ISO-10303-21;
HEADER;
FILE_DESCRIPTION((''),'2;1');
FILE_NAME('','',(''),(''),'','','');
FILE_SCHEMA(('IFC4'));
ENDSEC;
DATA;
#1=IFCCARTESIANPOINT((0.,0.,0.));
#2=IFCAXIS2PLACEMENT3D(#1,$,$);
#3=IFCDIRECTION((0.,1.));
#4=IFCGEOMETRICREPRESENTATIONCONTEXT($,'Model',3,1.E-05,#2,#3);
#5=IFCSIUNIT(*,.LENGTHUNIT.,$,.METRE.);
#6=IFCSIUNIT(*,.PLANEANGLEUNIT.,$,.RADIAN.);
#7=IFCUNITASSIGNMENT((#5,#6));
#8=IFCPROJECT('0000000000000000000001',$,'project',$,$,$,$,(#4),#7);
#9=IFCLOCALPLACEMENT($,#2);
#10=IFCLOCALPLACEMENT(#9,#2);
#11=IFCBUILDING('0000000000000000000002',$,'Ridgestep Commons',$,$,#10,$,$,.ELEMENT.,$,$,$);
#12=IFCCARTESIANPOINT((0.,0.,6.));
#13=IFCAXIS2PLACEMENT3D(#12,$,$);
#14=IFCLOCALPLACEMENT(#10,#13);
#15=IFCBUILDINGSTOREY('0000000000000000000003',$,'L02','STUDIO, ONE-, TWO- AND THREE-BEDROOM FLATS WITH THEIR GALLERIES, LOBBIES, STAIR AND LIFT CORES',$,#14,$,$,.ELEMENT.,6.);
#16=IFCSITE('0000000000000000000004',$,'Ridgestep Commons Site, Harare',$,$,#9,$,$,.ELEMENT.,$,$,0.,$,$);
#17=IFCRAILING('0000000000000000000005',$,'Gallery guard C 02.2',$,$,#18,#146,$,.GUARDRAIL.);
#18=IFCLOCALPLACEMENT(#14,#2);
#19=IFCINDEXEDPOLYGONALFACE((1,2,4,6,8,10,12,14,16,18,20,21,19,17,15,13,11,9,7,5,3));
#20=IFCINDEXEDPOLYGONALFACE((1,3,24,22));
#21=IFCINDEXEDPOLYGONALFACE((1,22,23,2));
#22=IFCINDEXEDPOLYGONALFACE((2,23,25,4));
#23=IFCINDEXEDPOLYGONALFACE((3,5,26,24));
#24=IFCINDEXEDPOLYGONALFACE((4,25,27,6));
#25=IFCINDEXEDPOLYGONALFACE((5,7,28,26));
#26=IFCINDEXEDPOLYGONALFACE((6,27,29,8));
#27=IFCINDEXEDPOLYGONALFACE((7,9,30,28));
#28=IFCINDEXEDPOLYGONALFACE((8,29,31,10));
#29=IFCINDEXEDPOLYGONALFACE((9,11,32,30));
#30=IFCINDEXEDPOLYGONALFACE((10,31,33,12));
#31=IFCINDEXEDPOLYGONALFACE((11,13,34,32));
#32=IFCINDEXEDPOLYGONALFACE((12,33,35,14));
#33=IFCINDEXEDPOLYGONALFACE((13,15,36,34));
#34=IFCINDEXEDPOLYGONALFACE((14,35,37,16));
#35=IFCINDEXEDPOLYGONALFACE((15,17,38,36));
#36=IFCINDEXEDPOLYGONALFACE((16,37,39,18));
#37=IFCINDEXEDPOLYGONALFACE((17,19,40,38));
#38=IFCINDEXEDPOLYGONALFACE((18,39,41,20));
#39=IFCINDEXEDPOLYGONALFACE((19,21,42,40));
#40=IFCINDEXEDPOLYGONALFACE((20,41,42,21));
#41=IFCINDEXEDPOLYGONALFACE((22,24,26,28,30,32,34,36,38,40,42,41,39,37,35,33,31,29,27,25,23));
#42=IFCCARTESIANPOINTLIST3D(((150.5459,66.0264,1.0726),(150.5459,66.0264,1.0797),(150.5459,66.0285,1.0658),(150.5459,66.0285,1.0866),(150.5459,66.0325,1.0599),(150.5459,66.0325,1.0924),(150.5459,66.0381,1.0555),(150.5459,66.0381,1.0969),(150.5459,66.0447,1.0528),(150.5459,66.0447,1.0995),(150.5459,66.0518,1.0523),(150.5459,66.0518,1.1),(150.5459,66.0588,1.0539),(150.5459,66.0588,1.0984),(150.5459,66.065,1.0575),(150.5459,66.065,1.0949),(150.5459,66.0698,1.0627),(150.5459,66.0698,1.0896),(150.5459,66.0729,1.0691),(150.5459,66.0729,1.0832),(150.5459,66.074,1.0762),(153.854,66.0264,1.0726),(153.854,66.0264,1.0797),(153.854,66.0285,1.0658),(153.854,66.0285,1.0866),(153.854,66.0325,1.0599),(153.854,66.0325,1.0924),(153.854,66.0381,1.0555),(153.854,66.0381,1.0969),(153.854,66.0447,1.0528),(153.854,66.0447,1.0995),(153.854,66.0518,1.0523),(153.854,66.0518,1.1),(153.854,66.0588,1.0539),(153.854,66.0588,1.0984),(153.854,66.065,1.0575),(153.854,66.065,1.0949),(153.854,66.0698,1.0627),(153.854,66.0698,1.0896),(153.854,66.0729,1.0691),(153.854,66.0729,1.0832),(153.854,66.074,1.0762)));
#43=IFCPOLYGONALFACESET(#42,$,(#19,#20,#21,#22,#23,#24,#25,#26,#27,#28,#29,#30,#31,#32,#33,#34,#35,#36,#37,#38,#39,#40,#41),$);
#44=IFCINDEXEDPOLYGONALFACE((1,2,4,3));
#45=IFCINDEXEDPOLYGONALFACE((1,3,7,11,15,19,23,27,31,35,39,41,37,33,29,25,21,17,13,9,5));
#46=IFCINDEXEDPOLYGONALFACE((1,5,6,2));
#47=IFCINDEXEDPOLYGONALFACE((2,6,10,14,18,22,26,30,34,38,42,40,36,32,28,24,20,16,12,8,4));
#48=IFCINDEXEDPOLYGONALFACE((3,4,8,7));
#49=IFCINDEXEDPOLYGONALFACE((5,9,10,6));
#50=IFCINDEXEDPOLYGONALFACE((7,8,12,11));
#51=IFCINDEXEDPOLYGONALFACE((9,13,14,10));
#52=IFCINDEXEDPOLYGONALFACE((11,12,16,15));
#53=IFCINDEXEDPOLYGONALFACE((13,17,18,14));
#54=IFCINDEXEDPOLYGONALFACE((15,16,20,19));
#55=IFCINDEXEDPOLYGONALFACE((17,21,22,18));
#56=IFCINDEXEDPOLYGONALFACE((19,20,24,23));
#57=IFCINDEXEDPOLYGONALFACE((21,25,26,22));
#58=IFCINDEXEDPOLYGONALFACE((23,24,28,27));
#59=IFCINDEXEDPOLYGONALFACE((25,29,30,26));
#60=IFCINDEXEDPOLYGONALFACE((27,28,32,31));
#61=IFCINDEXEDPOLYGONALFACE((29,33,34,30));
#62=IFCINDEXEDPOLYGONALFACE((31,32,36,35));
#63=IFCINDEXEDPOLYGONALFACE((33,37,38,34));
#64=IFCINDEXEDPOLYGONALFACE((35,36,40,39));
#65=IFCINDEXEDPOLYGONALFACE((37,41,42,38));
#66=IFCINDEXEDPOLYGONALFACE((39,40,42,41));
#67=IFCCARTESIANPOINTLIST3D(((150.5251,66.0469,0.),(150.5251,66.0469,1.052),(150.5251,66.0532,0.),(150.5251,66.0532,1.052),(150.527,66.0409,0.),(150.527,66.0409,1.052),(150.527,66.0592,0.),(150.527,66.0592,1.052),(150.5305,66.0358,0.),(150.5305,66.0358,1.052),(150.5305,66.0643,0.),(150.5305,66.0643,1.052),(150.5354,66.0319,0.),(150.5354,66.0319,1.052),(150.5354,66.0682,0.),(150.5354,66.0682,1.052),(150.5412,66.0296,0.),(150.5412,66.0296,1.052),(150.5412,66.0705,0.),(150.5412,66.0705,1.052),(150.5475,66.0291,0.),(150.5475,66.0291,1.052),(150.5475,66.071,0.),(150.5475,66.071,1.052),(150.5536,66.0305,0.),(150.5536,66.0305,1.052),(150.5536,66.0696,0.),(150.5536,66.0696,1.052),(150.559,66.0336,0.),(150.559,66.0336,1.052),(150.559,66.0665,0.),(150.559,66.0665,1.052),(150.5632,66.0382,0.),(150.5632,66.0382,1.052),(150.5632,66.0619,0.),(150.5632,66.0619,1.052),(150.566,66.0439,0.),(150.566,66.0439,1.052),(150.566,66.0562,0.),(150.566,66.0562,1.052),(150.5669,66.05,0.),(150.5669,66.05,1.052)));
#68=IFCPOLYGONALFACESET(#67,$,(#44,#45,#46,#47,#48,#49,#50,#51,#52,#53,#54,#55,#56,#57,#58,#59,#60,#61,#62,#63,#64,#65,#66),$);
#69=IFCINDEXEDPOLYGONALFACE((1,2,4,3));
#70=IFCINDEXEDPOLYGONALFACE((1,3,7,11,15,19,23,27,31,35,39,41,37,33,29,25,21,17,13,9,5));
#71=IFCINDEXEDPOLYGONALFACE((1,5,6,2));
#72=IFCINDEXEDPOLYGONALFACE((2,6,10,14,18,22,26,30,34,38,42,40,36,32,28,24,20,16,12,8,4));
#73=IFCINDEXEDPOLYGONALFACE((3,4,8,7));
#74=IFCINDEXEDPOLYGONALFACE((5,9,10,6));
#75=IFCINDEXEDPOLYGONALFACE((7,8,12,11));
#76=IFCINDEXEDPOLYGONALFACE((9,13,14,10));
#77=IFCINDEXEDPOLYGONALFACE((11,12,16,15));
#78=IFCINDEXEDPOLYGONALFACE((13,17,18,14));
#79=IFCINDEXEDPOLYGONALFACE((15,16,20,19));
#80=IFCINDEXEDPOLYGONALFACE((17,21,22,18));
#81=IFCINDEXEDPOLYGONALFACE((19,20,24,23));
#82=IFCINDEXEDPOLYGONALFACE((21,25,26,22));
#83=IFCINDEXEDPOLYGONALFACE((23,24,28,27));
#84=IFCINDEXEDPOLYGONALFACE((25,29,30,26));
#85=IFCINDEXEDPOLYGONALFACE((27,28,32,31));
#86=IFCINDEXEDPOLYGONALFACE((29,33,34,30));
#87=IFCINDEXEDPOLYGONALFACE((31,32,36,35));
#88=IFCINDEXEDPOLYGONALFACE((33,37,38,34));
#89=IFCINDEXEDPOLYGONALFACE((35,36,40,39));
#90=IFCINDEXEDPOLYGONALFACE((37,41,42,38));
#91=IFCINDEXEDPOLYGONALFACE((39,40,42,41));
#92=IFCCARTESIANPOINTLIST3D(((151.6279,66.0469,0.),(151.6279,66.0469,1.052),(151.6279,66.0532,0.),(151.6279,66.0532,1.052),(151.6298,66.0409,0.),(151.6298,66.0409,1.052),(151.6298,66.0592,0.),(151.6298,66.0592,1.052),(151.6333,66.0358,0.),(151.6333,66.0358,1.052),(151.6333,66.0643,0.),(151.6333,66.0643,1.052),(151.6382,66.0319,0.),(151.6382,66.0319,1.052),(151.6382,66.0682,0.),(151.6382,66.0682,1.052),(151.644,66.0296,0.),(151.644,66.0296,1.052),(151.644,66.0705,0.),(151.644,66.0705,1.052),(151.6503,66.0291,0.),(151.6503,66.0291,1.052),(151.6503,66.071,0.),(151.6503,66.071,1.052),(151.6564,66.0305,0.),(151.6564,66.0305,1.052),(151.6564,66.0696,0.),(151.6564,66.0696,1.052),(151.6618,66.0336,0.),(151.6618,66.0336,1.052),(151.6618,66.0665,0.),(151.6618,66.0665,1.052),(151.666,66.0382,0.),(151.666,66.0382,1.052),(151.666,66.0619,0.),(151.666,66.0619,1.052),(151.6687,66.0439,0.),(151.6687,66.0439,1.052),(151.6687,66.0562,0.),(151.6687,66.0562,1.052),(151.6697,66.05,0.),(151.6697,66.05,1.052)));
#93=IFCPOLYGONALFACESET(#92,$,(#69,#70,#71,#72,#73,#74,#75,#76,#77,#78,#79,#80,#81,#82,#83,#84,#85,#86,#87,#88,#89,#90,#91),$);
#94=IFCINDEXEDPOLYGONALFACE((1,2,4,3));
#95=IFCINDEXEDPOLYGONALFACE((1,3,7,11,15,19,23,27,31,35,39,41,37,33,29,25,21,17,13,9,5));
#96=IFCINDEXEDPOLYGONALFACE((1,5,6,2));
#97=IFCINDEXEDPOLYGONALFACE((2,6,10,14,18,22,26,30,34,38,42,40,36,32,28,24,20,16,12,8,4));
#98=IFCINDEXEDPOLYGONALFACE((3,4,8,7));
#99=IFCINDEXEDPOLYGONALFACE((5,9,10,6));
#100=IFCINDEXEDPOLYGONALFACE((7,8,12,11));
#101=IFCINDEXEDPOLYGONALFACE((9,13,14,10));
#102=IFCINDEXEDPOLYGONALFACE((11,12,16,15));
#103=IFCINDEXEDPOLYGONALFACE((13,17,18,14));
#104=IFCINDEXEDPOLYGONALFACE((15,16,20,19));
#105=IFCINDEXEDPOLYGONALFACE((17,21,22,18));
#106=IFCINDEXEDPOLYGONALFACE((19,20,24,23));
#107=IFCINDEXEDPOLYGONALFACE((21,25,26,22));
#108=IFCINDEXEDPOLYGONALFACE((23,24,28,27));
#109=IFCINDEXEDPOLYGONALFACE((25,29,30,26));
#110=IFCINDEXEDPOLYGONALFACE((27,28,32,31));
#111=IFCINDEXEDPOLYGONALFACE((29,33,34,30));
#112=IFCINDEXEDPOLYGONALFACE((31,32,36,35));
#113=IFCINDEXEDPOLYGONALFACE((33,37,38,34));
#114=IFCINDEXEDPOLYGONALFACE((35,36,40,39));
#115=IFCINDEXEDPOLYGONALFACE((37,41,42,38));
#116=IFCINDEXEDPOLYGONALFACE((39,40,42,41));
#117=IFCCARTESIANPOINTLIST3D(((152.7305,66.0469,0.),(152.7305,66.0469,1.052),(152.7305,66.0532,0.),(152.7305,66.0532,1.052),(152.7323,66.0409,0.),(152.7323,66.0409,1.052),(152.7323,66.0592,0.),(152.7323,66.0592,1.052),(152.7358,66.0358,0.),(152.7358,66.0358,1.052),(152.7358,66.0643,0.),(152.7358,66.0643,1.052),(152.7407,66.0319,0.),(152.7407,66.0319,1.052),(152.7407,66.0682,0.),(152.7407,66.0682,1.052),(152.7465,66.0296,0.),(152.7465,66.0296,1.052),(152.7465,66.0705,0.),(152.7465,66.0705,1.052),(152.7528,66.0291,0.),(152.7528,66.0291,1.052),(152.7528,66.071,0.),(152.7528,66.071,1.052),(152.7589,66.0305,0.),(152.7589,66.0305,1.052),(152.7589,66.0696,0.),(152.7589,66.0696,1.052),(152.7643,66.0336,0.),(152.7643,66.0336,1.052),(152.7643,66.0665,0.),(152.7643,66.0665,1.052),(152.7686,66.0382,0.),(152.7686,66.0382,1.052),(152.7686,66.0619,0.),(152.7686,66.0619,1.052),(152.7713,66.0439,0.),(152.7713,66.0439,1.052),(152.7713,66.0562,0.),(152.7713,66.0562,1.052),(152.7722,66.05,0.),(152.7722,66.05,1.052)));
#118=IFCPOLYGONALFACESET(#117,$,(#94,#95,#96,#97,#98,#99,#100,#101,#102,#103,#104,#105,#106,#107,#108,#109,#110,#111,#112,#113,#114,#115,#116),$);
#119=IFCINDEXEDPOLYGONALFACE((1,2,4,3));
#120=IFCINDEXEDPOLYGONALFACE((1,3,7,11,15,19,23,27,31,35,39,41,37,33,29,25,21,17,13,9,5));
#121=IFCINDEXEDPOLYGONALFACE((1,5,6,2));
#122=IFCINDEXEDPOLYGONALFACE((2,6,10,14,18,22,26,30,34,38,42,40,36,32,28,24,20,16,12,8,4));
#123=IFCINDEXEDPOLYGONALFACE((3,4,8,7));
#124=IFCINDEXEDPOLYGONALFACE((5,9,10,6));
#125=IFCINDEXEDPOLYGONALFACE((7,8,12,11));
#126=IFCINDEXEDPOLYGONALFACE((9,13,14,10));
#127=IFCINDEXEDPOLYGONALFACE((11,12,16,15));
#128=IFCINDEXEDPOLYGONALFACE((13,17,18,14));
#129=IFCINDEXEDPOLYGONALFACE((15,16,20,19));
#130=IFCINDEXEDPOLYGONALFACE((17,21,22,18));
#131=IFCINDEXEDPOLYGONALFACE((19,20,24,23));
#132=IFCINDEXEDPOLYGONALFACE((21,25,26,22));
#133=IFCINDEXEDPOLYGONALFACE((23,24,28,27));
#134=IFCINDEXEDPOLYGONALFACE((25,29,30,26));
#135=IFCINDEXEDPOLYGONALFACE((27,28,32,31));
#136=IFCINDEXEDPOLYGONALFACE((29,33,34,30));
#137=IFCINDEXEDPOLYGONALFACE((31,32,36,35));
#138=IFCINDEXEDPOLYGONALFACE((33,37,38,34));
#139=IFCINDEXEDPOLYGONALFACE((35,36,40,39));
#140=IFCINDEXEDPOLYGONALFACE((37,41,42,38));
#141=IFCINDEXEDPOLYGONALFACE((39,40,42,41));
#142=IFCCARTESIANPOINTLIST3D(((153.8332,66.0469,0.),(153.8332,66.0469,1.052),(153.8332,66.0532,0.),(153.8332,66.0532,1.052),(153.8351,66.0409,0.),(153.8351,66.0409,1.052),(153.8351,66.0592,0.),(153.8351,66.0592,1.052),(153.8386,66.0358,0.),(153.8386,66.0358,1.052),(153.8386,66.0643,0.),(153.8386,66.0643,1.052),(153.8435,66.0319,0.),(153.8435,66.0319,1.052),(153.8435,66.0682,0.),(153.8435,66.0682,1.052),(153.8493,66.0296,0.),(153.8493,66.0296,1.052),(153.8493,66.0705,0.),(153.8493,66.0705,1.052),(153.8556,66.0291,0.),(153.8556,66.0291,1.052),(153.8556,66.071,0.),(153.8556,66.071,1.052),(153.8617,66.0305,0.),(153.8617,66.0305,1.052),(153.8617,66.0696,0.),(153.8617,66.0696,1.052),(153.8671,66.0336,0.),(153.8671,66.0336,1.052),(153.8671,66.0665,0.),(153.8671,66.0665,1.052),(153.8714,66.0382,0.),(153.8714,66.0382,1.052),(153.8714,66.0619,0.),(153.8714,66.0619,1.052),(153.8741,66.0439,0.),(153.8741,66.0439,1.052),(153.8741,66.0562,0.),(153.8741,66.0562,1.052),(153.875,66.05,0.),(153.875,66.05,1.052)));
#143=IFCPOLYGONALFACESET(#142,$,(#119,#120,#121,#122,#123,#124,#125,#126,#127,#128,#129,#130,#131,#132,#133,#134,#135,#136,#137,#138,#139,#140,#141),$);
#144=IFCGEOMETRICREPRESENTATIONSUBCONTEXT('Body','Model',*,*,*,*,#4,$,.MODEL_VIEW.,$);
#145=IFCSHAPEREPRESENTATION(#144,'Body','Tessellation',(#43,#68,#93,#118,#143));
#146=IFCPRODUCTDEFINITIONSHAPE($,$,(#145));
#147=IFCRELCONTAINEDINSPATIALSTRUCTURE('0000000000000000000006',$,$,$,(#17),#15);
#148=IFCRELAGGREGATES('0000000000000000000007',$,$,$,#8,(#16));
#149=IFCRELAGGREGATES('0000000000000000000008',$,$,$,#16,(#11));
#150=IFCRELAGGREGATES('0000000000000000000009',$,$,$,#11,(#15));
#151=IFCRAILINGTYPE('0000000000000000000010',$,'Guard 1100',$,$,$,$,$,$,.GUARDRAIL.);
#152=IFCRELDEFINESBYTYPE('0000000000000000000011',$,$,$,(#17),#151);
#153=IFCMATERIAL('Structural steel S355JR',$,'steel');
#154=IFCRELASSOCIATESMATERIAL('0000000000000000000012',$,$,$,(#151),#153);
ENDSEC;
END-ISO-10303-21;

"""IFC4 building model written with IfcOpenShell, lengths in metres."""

from ifc_helpers import new_model, si_unit, direction, frame, origin, origin_2d, place, context, subcontext, project, spatial, circle, extrude, material, type_object, element, save


model = new_model("IFC4")

# Units and contexts
model_context = context("Model", 3, precision=1e-05, world=origin(), true_north=direction((0.0, 1.0)))
body_context = subcontext(model_context, "Body", "Model", "MODEL_VIEW")
ifc_project = project(units=[si_unit("LENGTHUNIT", "METRE"), si_unit("PLANEANGLEUNIT", "RADIAN")], contexts=[model_context])

# Site, building, storey
site_placement = place(None, origin())
site = spatial("IfcSite", under=ifc_project, at=site_placement, Name="Ridgestep Commons Site, Harare", CompositionType="ELEMENT", RefElevation=0.0)
building_placement = place(site_placement, origin())
building = spatial("IfcBuilding", under=site, at=building_placement, Name="Ridgestep Commons", CompositionType="ELEMENT")
storey_placement = place(building_placement, frame((0.0, 0.0, 6.0)))
storey = spatial("IfcBuildingStorey", under=building, at=storey_placement, Name="L02", Description="STUDIO, ONE-, TWO- AND THREE-BEDROOM FLATS WITH THEIR GALLERIES, LOBBIES, STAIR AND LIFT CORES", CompositionType="ELEMENT", Elevation=6.0)

# Railing
ifc_material_1 = material(Name="Structural steel S355JR", Category="steel")
railing_type = type_object("IfcRailingType", Name="Guard 1100", PredefinedType="GUARDRAIL", material=ifc_material_1)
for number, where, name in (
    (1, (150.5459, 66.05, 0.0), "Gallery guard C 02.2"),
):
    element("IfcRailing", number, at=place(storey_placement, frame(where)), inside=storey, type_object=railing_type, Name=name, PredefinedType="GUARDRAIL", context=body_context, shape_type="SweptSolid", body=[
        extrude(circle(Radius=0.0239, at=origin_2d()), frame((0.0, 0.0, 1.0762), z_axis=(1.0, 0.0, 0.0), x_axis=(0.0, 1.0, 0.0)), (0.0, 0.0, 1.0), 3.3081),
        extrude(circle(Radius=0.021, at=origin_2d()), origin(), (0.0, 0.0, 1.0), 1.052),
        extrude(circle(Radius=0.021, at=origin_2d()), frame((1.1028, 0.0, 0.0)), (0.0, 0.0, 1.0), 1.052),
        extrude(circle(Radius=0.021, at=origin_2d()), frame((2.2053, 0.0, 0.0)), (0.0, 0.0, 1.0), 1.052),
        extrude(circle(Radius=0.021, at=origin_2d()), frame((3.3081, 0.0, 0.0)), (0.0, 0.0, 1.0), 1.052),
    ])

save(model, "model.ifc")
